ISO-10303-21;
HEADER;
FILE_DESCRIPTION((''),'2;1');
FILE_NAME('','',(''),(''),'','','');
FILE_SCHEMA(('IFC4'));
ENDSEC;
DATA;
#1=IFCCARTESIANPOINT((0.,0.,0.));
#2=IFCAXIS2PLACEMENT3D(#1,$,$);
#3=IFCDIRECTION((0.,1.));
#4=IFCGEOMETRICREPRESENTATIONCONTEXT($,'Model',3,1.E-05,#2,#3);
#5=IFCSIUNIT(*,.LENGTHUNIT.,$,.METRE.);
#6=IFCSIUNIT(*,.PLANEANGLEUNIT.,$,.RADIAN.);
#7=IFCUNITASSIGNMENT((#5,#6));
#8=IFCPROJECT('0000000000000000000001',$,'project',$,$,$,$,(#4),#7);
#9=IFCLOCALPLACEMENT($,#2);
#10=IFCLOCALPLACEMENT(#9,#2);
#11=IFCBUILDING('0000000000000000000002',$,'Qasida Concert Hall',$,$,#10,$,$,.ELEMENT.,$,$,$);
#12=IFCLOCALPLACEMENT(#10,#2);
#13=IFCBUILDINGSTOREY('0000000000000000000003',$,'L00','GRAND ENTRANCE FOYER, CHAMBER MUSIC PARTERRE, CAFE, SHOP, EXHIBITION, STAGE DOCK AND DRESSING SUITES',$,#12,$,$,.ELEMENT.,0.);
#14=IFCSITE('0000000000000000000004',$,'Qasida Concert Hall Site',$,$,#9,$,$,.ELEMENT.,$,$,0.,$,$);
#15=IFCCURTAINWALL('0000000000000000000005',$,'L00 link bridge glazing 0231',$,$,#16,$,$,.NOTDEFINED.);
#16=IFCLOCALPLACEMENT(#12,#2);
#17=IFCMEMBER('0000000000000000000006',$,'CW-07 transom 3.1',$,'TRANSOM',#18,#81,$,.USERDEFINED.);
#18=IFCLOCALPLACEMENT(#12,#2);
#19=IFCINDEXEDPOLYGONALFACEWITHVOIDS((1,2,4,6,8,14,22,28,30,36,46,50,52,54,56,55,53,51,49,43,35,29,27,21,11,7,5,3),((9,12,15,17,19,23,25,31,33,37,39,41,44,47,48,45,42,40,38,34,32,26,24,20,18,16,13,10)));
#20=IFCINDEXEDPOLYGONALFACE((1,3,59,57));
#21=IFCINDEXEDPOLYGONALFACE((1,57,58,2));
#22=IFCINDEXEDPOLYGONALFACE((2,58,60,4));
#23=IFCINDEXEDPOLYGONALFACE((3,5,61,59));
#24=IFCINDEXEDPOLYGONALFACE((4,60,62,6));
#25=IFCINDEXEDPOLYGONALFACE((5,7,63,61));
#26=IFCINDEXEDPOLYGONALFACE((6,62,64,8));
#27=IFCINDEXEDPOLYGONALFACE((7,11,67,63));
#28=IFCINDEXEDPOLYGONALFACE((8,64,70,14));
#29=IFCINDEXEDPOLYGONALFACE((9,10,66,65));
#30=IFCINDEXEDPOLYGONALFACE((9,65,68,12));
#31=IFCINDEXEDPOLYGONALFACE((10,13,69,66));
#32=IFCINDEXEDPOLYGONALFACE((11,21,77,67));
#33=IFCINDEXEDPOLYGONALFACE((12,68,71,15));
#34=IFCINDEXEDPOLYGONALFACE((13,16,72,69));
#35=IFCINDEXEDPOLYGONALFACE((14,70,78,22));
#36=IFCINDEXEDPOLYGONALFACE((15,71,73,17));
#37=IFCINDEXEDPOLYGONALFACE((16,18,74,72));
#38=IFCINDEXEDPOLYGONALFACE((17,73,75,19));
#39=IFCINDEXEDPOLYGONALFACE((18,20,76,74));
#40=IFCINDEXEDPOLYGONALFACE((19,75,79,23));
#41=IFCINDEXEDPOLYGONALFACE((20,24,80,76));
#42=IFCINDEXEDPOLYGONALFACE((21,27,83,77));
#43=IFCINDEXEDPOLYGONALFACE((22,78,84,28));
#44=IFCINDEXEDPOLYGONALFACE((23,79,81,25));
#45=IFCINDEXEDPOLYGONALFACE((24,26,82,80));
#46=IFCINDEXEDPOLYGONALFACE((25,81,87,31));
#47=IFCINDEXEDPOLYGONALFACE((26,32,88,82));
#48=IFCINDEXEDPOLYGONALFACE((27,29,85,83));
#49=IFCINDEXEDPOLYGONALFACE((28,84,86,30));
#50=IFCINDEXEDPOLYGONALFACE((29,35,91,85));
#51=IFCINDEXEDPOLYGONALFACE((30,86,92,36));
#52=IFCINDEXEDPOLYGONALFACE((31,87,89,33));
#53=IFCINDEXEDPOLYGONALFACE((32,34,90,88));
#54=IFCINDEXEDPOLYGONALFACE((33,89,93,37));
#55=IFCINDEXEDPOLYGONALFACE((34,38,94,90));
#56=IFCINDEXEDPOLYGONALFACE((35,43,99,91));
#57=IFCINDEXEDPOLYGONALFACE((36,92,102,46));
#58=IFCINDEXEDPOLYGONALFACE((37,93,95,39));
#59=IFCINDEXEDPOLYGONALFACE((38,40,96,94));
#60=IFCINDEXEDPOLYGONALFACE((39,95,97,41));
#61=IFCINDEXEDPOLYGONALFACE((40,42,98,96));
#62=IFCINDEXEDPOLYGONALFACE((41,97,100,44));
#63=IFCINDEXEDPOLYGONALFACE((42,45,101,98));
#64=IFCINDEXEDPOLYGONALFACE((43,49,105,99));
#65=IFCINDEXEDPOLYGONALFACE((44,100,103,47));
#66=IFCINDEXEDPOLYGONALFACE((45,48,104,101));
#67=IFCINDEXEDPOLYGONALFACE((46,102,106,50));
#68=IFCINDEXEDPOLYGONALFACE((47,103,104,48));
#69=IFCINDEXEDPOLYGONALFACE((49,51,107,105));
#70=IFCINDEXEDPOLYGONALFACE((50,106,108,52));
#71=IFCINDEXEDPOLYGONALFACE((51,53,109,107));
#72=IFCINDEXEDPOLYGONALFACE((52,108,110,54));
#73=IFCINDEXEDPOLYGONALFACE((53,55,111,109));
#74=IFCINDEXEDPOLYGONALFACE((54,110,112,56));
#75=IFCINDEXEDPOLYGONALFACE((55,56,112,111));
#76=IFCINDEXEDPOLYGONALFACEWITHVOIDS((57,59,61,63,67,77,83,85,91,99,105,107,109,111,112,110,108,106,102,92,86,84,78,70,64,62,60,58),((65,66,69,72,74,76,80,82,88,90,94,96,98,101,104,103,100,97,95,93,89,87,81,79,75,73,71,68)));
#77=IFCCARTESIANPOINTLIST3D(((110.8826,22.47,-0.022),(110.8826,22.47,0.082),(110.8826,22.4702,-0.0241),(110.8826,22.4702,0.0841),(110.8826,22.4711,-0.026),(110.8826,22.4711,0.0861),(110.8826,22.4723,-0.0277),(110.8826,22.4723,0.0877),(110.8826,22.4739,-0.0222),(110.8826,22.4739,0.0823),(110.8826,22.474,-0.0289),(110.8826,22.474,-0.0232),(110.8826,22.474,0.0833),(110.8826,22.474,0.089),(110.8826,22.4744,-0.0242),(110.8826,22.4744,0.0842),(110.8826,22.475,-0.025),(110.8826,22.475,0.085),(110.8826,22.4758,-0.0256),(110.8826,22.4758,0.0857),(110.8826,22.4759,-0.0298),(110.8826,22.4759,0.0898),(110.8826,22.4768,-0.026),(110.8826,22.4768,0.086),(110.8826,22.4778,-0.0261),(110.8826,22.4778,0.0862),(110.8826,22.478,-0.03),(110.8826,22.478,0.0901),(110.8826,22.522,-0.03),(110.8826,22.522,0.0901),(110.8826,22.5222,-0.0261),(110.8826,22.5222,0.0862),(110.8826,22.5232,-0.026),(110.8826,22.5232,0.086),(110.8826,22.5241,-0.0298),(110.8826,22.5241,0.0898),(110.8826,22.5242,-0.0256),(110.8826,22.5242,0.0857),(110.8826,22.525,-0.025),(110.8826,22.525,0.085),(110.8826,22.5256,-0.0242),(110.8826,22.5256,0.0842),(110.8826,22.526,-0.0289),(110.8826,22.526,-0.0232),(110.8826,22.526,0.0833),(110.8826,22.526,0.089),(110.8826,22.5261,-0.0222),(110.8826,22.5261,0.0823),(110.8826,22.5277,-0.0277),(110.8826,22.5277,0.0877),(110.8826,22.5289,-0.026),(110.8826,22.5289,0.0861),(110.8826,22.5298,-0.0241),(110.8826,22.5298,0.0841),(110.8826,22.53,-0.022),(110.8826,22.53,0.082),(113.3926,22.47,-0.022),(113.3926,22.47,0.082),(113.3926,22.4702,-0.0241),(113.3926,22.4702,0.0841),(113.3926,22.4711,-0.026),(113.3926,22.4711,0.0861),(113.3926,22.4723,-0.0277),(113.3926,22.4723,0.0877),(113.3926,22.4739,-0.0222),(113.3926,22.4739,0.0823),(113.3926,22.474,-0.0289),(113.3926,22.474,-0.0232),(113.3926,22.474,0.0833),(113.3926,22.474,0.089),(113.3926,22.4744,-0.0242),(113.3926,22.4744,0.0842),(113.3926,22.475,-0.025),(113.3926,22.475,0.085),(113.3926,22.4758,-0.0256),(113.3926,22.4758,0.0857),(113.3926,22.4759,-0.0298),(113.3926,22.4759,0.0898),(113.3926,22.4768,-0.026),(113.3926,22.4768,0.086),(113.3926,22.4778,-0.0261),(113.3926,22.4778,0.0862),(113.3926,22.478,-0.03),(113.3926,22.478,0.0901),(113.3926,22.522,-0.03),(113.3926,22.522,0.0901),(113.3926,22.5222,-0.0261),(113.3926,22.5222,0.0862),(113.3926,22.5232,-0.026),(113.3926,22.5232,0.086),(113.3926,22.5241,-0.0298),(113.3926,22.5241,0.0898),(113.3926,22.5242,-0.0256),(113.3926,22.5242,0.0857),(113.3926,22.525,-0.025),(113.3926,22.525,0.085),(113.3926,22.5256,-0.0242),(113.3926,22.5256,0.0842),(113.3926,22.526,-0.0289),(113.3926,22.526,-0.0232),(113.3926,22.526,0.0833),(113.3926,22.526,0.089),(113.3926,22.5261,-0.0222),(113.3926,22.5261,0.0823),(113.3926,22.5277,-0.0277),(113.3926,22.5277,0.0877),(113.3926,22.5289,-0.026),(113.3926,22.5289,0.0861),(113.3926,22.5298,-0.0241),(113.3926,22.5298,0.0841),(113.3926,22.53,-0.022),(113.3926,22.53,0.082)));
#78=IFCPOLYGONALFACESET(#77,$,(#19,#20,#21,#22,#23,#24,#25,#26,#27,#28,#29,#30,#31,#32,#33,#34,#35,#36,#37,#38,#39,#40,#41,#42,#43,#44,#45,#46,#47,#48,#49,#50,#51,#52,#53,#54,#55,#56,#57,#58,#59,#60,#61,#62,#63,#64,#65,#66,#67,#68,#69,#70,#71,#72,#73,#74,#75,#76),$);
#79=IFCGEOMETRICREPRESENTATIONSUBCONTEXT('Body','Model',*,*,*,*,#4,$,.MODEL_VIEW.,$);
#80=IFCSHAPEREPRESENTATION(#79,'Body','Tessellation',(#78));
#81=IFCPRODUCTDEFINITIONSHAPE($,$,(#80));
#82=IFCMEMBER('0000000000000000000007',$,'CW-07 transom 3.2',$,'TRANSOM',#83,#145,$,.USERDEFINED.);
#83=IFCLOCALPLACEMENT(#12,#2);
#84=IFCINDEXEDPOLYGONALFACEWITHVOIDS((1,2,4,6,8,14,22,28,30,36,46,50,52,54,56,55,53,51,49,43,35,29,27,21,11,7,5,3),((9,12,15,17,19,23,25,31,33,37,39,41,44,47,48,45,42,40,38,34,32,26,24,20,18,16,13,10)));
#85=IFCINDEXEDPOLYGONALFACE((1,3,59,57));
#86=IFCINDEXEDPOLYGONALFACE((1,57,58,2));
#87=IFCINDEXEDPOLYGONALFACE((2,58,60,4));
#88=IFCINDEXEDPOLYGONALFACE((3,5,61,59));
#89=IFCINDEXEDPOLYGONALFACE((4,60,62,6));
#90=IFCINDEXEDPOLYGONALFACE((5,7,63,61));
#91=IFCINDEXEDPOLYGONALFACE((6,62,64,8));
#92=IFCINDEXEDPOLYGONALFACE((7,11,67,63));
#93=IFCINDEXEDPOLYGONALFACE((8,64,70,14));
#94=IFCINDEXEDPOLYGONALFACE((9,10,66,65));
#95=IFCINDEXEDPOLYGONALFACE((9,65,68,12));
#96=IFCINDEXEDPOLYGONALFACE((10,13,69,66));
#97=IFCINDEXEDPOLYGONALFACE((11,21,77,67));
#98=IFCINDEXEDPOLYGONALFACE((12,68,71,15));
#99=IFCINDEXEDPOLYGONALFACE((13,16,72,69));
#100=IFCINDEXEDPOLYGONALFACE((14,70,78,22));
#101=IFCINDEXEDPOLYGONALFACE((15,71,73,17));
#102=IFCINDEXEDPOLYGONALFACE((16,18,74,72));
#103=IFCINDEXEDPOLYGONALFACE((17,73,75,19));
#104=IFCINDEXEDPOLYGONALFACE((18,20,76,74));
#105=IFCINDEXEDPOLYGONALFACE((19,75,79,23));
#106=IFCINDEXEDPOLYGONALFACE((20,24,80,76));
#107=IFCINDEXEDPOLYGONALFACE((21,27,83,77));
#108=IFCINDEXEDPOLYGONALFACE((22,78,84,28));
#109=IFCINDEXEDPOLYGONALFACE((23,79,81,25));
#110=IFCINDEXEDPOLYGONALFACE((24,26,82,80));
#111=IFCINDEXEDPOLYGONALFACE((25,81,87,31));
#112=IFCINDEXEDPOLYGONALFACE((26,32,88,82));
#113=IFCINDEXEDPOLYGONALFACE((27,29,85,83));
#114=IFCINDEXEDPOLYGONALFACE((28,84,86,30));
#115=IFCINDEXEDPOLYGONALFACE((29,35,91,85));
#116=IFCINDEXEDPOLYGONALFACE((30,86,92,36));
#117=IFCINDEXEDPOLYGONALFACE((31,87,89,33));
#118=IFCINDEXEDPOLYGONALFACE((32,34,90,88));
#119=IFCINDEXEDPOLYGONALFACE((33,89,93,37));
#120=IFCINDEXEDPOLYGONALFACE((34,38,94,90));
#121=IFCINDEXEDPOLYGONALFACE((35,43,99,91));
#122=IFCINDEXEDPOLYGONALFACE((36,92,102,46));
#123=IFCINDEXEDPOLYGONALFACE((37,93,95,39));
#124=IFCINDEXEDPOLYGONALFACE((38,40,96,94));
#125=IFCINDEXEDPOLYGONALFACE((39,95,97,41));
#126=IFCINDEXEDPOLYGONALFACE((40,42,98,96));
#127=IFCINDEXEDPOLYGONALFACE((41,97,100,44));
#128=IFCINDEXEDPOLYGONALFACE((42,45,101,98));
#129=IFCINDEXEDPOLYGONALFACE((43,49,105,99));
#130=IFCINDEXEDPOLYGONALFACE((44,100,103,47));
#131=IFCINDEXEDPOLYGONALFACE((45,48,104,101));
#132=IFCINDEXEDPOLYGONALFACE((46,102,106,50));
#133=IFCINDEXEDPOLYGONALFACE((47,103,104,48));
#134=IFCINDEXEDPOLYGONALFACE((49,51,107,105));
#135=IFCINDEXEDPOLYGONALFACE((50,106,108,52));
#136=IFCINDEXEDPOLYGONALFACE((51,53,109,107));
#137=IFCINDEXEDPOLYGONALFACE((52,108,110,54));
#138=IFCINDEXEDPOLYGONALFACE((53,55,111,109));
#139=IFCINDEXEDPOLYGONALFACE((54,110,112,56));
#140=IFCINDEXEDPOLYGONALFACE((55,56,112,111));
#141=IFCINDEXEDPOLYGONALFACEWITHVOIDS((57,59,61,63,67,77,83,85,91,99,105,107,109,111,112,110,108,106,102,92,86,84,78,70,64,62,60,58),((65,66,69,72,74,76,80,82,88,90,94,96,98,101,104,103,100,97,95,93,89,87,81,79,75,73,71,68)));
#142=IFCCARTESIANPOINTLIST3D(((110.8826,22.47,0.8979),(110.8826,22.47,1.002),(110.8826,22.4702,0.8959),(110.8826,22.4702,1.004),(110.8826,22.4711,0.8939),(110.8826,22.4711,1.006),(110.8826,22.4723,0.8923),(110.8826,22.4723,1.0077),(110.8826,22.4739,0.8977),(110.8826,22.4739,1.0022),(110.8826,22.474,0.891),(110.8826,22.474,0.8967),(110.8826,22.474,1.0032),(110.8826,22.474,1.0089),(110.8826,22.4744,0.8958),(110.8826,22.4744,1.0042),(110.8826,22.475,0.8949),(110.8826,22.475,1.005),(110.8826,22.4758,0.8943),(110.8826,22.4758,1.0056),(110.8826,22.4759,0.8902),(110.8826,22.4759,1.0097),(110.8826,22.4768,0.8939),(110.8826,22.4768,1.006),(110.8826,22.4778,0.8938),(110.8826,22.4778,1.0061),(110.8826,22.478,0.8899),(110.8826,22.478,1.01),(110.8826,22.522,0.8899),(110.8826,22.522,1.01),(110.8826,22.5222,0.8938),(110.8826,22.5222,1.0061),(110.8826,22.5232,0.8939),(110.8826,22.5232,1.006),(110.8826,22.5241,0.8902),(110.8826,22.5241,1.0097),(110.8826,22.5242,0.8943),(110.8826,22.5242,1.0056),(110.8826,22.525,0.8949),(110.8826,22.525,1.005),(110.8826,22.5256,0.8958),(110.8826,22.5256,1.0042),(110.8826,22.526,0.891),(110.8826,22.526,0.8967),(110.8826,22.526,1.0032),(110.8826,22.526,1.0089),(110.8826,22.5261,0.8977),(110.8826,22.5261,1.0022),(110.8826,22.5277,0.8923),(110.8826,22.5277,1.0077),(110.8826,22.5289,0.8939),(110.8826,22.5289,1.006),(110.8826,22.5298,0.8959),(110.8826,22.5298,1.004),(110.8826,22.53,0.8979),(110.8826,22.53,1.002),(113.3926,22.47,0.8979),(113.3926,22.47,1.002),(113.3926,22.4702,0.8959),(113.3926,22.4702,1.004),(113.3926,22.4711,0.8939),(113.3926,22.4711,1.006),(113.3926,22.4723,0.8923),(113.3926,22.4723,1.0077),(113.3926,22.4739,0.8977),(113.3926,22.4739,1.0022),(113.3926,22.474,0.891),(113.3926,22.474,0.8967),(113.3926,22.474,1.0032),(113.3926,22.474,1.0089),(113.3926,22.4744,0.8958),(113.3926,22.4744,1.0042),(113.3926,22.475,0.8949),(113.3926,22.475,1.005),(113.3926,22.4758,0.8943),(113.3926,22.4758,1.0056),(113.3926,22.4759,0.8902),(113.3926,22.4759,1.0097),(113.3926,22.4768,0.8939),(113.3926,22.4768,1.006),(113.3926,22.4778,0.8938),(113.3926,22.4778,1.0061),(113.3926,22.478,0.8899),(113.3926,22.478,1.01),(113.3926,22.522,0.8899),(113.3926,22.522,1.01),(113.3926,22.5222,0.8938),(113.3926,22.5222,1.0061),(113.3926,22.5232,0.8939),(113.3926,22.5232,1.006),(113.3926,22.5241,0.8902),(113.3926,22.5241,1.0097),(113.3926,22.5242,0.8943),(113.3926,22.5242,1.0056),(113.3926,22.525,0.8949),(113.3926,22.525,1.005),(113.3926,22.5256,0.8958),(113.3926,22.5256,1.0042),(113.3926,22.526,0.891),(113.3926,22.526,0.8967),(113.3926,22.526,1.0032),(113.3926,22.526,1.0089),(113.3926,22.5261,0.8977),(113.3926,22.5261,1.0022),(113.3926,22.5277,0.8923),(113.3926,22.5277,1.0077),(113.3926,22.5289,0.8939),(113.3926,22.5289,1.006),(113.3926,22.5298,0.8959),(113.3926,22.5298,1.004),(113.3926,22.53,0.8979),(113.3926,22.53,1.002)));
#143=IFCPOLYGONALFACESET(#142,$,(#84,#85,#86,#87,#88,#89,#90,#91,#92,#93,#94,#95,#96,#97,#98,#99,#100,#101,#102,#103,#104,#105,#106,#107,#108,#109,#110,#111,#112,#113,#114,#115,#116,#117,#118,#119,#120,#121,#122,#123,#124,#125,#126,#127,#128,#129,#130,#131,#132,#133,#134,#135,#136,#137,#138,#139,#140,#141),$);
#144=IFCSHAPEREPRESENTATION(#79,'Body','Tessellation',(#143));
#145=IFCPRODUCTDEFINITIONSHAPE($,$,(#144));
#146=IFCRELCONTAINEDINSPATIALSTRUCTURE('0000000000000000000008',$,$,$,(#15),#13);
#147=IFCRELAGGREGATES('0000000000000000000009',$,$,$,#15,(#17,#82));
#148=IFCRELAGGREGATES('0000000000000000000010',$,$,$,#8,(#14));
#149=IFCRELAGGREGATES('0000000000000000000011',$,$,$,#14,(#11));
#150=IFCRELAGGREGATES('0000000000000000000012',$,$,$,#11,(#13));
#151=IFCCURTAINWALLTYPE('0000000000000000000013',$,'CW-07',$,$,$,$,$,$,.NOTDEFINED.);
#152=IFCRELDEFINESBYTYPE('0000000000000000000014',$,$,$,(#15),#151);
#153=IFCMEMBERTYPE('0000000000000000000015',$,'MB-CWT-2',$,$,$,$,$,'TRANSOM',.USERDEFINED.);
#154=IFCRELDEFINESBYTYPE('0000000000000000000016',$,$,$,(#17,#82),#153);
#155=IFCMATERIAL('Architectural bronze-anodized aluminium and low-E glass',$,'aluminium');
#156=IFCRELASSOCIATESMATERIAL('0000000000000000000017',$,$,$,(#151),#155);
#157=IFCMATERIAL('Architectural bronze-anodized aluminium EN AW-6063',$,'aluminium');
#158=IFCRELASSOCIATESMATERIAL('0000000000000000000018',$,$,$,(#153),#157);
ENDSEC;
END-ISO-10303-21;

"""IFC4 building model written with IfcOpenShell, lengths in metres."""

from ifc_helpers import new_model, si_unit, direction, frame, origin, origin_2d, place, context, subcontext, project, spatial, hollow_rectangle, extrude, material, material_profile, profile_set, type_object, element, aggregate, save


model = new_model("IFC4")

# Units and contexts
model_context = context("Model", 3, precision=1e-05, world=origin(), true_north=direction((0.0, 1.0)))
body_context = subcontext(model_context, "Body", "Model", "MODEL_VIEW")
ifc_project = project(units=[si_unit("LENGTHUNIT", "METRE"), si_unit("PLANEANGLEUNIT", "RADIAN")], contexts=[model_context])

# Site, building, storey
site_placement = place(None, origin())
site = spatial("IfcSite", under=ifc_project, at=site_placement, Name="Qasida Concert Hall Site", CompositionType="ELEMENT", RefElevation=0.0)
building_placement = place(site_placement, origin())
building = spatial("IfcBuilding", under=site, at=building_placement, Name="Qasida Concert Hall", CompositionType="ELEMENT")
storey_placement = place(building_placement, origin())
storey = spatial("IfcBuildingStorey", under=building, at=storey_placement, Name="L00", Description="GRAND ENTRANCE FOYER, CHAMBER MUSIC PARTERRE, CAFE, SHOP, EXHIBITION, STAGE DOCK AND DRESSING SUITES", CompositionType="ELEMENT", Elevation=0.0)

# Shared definitions
ifc_material_1 = material(Name="Architectural bronze-anodized aluminium and low-E glass", Category="aluminium")
ifc_material_2 = material(Name="Architectural bronze-anodized aluminium EN AW-6063", Category="aluminium")

# Curtain wall
curtain_wall_type_1 = type_object("IfcCurtainWallType", Name="CW-07", PredefinedType="NOTDEFINED", material=ifc_material_1)
curtain_wall_1_placement = place(storey_placement, origin())
curtain_wall_1 = element("IfcCurtainWall", 1, at=curtain_wall_1_placement, inside=storey, type_object=curtain_wall_type_1, Name="L00 link bridge glazing 0231", PredefinedType="NOTDEFINED")

# Members
ifc_material_profile_1 = material_profile(ifc_material_2, hollow_rectangle(XDim=0.0601, YDim=0.1201, WallThickness=0.0039, InnerFilletRadius=0.0039, OuterFilletRadius=0.0081, at=origin_2d()), Name="CWT 120x60x4")
ifc_profile_set_1 = profile_set([ifc_material_profile_1], Name="Architectural bronze-anodized aluminium EN AW-6063")
member_type_1 = type_object("IfcMemberType", Name="MB-CWT-2", ElementType="TRANSOM", PredefinedType="USERDEFINED", material=ifc_profile_set_1)
member_1_placement = place(storey_placement, frame((110.8826, 22.5, 0.03), z_axis=(1.0, 0.0, 0.0), x_axis=(0.0, 1.0, 0.0)))
member_1 = element("IfcMember", 2, at=member_1_placement, type_object=member_type_1, Name="CW-07 transom 3.1", ObjectType="TRANSOM", PredefinedType="USERDEFINED", context=body_context, shape_type="SweptSolid", body=[
    extrude(hollow_rectangle(XDim=0.0601, YDim=0.1201, WallThickness=0.0039, InnerFilletRadius=0.0039, OuterFilletRadius=0.0081, at=origin_2d()), origin(), (0.0, 0.0, 1.0), 2.51),
])
member_2_placement = place(storey_placement, frame((110.8826, 22.5, 0.95), z_axis=(1.0, 0.0, 0.0), x_axis=(0.0, 1.0, 0.0)))
member_2 = element("IfcMember", 3, at=member_2_placement, type_object=member_type_1, Name="CW-07 transom 3.2", ObjectType="TRANSOM", PredefinedType="USERDEFINED", context=body_context, shape_type="SweptSolid", body=[
    extrude(hollow_rectangle(XDim=0.0601, YDim=0.1201, WallThickness=0.0039, InnerFilletRadius=0.0039, OuterFilletRadius=0.0081, at=origin_2d()), origin(), (0.0, 0.0, 1.0), 2.51),
])

aggregate(curtain_wall_1, [member_1, member_2])

save(model, "model.ifc")
